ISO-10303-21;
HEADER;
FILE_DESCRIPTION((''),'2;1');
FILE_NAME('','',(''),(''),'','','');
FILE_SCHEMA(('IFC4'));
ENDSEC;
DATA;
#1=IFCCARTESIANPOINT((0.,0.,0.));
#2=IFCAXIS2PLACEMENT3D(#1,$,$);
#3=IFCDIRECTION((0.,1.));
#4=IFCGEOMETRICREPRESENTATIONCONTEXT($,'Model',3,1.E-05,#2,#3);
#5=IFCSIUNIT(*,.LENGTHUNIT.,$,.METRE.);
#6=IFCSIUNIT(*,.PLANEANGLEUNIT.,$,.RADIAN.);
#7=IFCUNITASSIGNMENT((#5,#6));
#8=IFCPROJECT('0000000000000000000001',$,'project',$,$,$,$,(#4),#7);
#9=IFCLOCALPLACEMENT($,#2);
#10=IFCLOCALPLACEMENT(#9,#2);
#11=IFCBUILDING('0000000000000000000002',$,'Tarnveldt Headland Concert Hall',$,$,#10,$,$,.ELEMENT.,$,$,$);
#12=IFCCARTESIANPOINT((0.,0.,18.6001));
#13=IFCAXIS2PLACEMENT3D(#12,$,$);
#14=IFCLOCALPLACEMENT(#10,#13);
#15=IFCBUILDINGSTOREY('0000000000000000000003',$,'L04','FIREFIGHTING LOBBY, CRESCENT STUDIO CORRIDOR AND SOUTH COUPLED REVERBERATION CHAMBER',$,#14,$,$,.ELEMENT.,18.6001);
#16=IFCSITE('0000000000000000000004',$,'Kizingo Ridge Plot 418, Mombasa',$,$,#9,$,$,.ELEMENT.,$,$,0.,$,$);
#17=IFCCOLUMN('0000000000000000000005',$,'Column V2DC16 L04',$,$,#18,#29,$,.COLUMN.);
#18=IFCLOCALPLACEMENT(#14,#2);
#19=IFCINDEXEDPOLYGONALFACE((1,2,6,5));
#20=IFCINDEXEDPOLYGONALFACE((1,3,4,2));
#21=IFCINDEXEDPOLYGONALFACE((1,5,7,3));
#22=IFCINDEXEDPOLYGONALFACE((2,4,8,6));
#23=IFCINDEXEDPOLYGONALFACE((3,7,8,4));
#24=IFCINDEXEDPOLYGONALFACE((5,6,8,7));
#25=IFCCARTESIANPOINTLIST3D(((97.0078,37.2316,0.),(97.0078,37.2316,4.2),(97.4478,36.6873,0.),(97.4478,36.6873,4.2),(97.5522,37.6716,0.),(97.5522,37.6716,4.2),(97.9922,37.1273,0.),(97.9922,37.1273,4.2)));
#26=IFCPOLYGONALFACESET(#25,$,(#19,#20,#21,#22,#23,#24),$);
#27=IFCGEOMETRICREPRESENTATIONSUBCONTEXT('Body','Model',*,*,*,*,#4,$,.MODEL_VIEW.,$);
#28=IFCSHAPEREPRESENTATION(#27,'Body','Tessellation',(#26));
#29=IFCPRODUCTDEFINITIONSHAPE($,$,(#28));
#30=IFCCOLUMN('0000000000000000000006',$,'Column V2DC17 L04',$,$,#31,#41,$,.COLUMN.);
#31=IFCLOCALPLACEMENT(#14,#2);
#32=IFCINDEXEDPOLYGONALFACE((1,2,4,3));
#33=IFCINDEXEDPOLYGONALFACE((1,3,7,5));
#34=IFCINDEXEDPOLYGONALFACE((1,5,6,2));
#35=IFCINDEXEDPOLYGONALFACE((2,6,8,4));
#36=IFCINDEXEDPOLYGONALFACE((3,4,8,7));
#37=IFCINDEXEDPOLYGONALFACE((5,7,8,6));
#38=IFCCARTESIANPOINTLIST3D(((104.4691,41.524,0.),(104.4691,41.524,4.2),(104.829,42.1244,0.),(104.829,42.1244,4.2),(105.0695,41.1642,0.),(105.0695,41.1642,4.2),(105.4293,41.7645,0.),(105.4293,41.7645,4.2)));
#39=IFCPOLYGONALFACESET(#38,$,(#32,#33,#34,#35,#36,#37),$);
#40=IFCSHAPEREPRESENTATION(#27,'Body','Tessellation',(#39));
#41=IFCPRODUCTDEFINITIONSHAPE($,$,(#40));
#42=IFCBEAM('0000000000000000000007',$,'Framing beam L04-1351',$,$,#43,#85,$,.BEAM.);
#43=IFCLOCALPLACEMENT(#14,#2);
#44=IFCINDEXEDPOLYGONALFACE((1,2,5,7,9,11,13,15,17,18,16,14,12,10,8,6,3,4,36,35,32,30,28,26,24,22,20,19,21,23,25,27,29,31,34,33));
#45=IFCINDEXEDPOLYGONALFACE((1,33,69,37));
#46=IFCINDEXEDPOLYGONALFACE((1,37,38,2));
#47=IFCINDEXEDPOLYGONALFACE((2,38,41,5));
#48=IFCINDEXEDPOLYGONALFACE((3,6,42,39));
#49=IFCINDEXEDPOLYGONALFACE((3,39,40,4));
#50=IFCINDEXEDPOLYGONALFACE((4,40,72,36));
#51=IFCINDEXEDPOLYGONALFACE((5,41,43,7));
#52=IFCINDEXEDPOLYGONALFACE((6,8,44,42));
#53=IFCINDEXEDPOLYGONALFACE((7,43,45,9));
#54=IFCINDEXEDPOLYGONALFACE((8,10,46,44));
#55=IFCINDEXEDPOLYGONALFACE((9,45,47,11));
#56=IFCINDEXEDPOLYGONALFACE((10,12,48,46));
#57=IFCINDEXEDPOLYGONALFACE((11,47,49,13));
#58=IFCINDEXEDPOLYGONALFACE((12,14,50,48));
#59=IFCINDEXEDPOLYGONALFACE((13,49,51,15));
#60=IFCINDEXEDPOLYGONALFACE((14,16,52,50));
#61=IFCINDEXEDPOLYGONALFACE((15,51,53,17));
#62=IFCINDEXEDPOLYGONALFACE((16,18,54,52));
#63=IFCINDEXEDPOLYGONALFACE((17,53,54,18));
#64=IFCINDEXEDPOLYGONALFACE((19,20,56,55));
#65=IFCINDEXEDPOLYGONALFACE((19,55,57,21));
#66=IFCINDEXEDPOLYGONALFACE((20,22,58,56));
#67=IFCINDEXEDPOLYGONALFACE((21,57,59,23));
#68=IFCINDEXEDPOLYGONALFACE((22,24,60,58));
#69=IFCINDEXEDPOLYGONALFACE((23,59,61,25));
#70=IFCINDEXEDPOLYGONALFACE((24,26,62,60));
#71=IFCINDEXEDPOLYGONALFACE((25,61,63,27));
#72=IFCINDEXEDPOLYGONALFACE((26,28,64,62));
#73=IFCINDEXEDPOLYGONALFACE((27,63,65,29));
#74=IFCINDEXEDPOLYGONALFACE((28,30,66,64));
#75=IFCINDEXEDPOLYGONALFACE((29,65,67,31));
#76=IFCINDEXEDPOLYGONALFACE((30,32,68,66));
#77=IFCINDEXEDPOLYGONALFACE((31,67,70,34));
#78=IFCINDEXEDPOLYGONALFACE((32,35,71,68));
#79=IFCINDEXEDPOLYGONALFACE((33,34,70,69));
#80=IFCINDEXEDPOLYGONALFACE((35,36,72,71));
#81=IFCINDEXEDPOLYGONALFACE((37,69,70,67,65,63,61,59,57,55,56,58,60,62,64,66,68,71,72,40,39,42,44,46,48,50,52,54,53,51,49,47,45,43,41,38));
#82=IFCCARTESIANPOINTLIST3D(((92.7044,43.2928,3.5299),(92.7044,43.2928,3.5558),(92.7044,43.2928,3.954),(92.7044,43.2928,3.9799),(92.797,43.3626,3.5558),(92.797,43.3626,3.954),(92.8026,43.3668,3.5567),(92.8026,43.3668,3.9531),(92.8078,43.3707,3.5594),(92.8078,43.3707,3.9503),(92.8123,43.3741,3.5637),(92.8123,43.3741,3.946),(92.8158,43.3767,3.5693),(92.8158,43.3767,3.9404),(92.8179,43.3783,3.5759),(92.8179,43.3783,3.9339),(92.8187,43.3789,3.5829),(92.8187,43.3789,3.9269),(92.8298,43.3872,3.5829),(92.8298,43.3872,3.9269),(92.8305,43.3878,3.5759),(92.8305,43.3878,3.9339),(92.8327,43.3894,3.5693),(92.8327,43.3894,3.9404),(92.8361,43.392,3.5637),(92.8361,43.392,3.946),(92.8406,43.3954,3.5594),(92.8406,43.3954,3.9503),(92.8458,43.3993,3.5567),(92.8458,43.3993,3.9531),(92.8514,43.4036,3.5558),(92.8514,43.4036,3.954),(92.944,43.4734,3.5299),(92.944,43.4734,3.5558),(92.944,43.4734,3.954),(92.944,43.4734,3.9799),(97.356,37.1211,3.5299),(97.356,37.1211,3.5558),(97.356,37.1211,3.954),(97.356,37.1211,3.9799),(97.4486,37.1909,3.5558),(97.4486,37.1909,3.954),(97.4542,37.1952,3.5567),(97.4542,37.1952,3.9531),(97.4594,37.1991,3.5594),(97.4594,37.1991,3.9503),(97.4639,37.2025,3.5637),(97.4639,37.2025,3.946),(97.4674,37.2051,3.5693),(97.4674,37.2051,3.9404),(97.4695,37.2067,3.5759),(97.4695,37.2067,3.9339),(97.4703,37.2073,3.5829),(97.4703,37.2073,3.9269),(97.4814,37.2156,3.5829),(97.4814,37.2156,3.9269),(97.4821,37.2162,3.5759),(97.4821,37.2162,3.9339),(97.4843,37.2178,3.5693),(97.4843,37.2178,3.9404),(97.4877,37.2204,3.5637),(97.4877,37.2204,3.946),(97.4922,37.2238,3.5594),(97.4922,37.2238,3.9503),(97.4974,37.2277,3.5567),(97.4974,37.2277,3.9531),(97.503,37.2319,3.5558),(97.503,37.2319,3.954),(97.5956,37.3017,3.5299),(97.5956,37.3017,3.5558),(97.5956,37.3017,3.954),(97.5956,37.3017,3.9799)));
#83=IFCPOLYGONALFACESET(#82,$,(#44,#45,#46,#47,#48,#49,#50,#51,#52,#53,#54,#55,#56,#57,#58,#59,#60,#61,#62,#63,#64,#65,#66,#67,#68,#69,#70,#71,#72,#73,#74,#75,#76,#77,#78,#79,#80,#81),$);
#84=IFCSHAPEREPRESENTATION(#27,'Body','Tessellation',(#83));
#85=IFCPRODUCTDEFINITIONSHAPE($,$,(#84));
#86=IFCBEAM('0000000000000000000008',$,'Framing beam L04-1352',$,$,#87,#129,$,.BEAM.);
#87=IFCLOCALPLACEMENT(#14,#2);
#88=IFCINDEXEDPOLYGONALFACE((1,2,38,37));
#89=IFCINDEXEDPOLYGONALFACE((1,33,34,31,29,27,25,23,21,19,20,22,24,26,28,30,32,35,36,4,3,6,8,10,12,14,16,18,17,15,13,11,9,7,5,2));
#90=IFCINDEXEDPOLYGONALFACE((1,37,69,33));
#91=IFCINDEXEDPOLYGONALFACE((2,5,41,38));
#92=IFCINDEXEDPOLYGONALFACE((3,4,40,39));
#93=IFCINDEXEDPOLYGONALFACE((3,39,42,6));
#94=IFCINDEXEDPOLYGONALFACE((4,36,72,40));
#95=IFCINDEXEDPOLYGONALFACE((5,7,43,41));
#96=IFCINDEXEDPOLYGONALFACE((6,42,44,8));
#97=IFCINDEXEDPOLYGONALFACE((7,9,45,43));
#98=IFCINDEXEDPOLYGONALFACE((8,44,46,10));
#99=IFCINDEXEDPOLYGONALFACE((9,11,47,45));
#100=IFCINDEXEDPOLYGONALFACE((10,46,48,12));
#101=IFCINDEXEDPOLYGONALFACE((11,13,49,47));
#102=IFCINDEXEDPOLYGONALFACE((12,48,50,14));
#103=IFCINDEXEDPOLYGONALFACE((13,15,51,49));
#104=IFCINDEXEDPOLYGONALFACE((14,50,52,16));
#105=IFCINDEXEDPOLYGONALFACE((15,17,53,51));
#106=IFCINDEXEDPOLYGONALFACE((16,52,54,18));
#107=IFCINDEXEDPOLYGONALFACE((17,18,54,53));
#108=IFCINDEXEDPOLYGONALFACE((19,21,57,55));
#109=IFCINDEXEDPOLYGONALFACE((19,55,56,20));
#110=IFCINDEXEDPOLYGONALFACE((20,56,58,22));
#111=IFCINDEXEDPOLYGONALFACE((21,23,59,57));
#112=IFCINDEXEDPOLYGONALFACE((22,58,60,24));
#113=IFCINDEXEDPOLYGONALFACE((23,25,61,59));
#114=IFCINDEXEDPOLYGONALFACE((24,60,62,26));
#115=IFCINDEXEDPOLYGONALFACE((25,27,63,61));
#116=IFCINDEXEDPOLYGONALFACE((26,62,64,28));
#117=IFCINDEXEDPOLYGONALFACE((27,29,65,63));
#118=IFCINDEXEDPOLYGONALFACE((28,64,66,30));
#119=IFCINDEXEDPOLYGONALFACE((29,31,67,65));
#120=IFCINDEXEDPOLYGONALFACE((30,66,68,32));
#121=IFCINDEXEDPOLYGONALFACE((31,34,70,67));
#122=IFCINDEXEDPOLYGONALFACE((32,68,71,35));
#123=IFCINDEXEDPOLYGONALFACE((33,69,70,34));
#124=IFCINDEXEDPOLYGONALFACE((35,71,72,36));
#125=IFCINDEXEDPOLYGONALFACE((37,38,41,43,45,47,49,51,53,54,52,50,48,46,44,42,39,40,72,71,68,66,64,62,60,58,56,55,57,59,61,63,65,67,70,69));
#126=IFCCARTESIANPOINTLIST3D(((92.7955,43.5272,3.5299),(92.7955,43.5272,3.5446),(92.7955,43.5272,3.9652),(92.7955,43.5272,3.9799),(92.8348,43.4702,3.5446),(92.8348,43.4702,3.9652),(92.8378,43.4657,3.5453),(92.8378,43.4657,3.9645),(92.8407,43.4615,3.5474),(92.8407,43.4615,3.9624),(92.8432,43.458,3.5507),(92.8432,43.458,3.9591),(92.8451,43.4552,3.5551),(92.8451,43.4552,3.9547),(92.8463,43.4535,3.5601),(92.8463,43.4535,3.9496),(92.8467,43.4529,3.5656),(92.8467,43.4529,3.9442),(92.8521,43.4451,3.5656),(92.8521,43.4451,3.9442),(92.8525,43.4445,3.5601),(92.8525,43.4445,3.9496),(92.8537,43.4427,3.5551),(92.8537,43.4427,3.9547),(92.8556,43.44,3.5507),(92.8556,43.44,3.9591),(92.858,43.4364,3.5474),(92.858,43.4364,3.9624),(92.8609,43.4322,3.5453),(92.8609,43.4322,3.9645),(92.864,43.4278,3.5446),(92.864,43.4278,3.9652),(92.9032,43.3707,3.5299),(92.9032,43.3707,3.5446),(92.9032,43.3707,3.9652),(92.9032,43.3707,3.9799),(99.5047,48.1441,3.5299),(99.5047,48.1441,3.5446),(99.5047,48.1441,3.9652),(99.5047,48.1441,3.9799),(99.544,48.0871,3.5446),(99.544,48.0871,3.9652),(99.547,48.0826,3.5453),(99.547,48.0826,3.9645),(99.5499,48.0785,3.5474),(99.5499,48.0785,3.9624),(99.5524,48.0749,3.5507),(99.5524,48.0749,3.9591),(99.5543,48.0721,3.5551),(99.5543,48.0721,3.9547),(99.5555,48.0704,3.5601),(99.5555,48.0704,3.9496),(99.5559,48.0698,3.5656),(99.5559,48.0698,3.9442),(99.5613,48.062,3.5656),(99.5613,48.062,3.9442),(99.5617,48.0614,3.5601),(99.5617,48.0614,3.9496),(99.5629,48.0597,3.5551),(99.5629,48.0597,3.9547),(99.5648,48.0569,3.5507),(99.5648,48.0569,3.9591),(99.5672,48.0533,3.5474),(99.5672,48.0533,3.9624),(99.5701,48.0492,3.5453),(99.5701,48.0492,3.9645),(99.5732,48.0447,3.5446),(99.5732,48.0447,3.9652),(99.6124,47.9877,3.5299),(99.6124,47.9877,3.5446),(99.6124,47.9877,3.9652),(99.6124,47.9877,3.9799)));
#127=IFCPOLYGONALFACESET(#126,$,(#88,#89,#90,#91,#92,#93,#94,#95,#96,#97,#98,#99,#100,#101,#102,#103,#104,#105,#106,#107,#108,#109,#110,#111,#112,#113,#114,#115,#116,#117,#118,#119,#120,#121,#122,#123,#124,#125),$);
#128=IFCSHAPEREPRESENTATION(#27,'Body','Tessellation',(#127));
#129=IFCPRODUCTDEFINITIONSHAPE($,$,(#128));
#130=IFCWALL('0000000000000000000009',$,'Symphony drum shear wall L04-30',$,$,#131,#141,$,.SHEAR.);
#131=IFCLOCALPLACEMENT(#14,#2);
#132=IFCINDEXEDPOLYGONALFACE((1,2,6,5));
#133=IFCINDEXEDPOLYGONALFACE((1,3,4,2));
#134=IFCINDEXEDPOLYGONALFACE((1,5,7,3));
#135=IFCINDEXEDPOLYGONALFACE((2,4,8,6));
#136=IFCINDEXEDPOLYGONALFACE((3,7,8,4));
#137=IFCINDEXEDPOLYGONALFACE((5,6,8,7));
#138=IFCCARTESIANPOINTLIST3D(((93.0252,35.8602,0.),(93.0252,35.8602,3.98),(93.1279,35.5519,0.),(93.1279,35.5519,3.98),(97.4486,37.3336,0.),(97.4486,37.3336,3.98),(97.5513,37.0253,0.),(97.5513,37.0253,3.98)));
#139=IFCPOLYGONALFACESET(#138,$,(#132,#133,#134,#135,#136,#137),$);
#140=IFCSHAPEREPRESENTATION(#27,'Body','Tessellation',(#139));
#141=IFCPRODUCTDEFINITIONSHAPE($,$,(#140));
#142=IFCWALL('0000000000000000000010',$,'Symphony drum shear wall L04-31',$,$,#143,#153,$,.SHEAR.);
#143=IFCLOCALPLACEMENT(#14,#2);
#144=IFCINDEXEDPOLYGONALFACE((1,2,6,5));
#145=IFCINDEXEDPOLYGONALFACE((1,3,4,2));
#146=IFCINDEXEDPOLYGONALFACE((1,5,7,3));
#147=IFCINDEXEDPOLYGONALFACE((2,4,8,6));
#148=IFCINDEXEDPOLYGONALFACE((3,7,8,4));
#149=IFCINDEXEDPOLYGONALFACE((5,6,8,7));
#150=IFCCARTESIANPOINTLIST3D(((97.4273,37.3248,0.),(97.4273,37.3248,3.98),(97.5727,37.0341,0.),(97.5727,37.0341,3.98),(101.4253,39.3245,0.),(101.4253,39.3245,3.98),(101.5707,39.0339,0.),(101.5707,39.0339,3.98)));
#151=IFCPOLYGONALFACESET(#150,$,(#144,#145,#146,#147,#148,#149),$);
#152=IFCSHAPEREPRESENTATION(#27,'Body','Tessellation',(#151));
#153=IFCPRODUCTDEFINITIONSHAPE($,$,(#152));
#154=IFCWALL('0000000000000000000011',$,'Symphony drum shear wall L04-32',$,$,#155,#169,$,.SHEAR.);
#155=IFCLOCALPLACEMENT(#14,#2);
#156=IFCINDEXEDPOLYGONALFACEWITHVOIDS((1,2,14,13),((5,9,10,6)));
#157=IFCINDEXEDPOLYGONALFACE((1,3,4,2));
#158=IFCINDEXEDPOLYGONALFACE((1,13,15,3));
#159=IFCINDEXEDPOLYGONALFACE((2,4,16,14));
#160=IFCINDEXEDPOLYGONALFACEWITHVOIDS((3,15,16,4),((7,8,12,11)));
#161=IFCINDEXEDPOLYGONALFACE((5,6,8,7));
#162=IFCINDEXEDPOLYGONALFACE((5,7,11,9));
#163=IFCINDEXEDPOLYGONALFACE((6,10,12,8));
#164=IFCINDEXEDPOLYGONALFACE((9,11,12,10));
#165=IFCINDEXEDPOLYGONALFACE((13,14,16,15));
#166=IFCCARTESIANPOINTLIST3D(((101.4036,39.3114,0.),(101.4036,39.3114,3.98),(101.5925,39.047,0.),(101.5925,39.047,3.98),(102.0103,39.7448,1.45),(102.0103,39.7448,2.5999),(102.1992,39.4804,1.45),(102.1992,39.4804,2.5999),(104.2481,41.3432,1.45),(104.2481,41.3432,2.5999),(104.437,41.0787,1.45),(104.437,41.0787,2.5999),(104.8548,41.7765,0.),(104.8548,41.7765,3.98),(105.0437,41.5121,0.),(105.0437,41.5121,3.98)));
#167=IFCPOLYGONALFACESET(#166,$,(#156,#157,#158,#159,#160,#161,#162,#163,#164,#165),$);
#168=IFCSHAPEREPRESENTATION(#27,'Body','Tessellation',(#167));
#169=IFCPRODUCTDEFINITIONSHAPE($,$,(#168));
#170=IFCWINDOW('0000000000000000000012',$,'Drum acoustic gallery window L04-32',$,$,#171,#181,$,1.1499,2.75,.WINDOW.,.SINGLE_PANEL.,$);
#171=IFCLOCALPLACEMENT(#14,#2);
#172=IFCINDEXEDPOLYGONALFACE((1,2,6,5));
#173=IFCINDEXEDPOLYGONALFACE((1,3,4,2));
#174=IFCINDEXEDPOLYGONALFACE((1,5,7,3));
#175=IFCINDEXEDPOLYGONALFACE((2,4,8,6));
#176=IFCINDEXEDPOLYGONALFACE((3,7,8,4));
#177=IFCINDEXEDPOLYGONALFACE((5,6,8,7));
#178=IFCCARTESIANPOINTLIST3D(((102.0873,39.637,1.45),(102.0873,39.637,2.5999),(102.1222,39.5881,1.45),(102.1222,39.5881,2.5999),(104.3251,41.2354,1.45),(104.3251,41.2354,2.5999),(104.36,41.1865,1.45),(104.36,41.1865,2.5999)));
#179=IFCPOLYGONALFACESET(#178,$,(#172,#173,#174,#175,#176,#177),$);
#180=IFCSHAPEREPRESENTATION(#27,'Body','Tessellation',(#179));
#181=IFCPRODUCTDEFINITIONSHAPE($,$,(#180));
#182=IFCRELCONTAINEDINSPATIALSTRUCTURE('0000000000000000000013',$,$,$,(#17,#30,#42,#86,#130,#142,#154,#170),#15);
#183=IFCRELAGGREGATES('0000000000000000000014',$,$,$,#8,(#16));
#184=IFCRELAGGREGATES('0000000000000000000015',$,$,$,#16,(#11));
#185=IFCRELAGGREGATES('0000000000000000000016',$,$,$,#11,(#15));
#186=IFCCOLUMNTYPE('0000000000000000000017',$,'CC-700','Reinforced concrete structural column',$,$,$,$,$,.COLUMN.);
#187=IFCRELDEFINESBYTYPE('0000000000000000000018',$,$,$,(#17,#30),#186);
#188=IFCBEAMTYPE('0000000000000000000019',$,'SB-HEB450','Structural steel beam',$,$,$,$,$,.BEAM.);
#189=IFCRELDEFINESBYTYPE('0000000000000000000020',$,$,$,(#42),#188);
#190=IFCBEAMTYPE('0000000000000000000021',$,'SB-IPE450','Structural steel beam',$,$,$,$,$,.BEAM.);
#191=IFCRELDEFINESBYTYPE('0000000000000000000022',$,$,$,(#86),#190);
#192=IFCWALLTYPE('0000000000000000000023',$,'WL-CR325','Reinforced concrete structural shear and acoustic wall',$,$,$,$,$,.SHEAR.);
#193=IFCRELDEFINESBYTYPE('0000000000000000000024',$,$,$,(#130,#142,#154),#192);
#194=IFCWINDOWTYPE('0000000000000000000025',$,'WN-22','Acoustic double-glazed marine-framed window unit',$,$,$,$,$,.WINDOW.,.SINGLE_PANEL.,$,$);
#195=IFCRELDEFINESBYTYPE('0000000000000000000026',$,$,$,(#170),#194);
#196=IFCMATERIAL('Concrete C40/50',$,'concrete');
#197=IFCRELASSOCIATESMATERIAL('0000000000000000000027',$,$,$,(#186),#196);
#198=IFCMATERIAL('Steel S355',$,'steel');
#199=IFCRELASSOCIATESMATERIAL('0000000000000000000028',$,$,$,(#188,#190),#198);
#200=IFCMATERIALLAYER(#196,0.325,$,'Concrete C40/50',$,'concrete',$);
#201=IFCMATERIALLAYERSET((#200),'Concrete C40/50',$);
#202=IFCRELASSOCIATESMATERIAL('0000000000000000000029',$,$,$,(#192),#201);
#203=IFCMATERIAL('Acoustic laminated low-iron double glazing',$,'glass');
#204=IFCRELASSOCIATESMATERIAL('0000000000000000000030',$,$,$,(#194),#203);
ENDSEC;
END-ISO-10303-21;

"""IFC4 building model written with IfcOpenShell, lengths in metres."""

from ifc_helpers import new_model, si_unit, direction, frame, frame_2d, origin, origin_2d, place, context, subcontext, project, spatial, rectangle, i_section, extrude, material, layer, layer_set, material_profile, profile_set, type_object, element, fill, save


model = new_model("IFC4")

# Units and contexts
model_context = context("Model", 3, precision=1e-05, world=origin(), true_north=direction((0.0, 1.0)))
body_context = subcontext(model_context, "Body", "Model", "MODEL_VIEW")
ifc_project = project(units=[si_unit("LENGTHUNIT", "METRE"), si_unit("PLANEANGLEUNIT", "RADIAN")], contexts=[model_context])

# Site, building, storey
site_placement = place(None, origin())
site = spatial("IfcSite", under=ifc_project, at=site_placement, Name="Kizingo Ridge Plot 418, Mombasa", CompositionType="ELEMENT", RefElevation=0.0)
building_placement = place(site_placement, origin())
building = spatial("IfcBuilding", under=site, at=building_placement, Name="Tarnveldt Headland Concert Hall", CompositionType="ELEMENT")
storey_placement = place(building_placement, frame((0.0, 0.0, 18.6001)))
storey = spatial("IfcBuildingStorey", under=building, at=storey_placement, Name="L04", Description="FIREFIGHTING LOBBY, CRESCENT STUDIO CORRIDOR AND SOUTH COUPLED REVERBERATION CHAMBER", CompositionType="ELEMENT", Elevation=18.6001)

# Columns
ifc_material_1 = material(Name="Concrete C40/50", Category="concrete")
ifc_material_profile_1 = material_profile(ifc_material_1, rectangle(XDim=0.7, YDim=0.7, at=origin_2d()), Name="RC 700x700", Category="concrete")
ifc_profile_set_1 = profile_set([ifc_material_profile_1], Name="Concrete C40/50")
column_type_1 = type_object("IfcColumnType", Name="CC-700", Description="Reinforced concrete structural column", PredefinedType="COLUMN", material=ifc_profile_set_1)
for number, where, z_axis, x_axis, name in (
    (1, (97.5, 37.1794, 0.0), (0.0, 0.0, 1.0), (0.628642, -0.777695, 0.0), "Column V2DC16 L04"),
    (2, (104.9492, 41.6443, 0.0), (0.0, 0.0, 1.0), (0.857706, -0.51414, 0.0), "Column V2DC17 L04"),
):
    element("IfcColumn", number, at=place(storey_placement, frame(where, z_axis=z_axis, x_axis=x_axis)), inside=storey, type_object=column_type_1, Name=name, PredefinedType="COLUMN", context=body_context, shape_type="SweptSolid", body=[
        extrude(rectangle(XDim=0.7, YDim=0.7, at=origin_2d()), origin(), (0.0, 0.0, 1.0), 4.2),
    ])

# Beams
ifc_material_2 = material(Name="Steel S355", Category="steel")
ifc_material_profile_2 = material_profile(ifc_material_2, i_section(OverallWidth=0.3, OverallDepth=0.45, WebThickness=0.0139, FlangeThickness=0.0259, FilletRadius=0.0271, at=origin_2d()), Name="HEB450", Category="steel")
ifc_profile_set_2 = profile_set([ifc_material_profile_2], Name="Steel S355")
beam_type_1 = type_object("IfcBeamType", Name="SB-HEB450", Description="Structural steel beam", PredefinedType="BEAM", material=ifc_profile_set_2)
beam_1_placement = place(storey_placement, frame((92.8242, 43.3831, 3.7549), z_axis=(0.601894, -0.798576, 0.0), x_axis=(0.798576, 0.601894, 0.0)))
element("IfcBeam", 3, at=beam_1_placement, inside=storey, type_object=beam_type_1, Name="Framing beam L04-1351", PredefinedType="BEAM", context=body_context, shape_type="SweptSolid", body=[
    extrude(i_section(OverallWidth=0.3, OverallDepth=0.45, WebThickness=0.0139, FlangeThickness=0.0259, FilletRadius=0.0271, at=origin_2d()), origin(), (0.0, 0.0, 1.0), 7.7283),
])
ifc_material_profile_3 = material_profile(ifc_material_2, i_section(OverallWidth=0.1899, OverallDepth=0.45, WebThickness=0.0095, FlangeThickness=0.0146, FilletRadius=0.021, at=origin_2d()), Name="IPE450", Category="steel")
ifc_profile_set_3 = profile_set([ifc_material_profile_3], Name="Steel S355")
beam_type_2 = type_object("IfcBeamType", Name="SB-IPE450", Description="Structural steel beam", PredefinedType="BEAM", material=ifc_profile_set_3)
beam_2_placement = place(storey_placement, frame((92.8494, 43.449, 3.7549), z_axis=(0.823793, 0.566891, 0.0), x_axis=(-0.566891, 0.823793, 0.0)))
element("IfcBeam", 4, at=beam_2_placement, inside=storey, type_object=beam_type_2, Name="Framing beam L04-1352", PredefinedType="BEAM", context=body_context, shape_type="SweptSolid", body=[
    extrude(i_section(OverallWidth=0.1899, OverallDepth=0.45, WebThickness=0.0095, FlangeThickness=0.0146, FilletRadius=0.021, at=origin_2d()), origin(), (0.0, 0.0, 1.0), 8.1443),
])

# Walls
ifc_layer_1 = layer(ifc_material_1, 0.325, Name="Concrete C40/50", Category="concrete")
ifc_layer_set_1 = layer_set([ifc_layer_1], Name="Concrete C40/50")
wall_type_1 = type_object("IfcWallType", Name="WL-CR325", Description="Reinforced concrete structural shear and acoustic wall", PredefinedType="SHEAR", material=ifc_layer_set_1)
wall_1_placement = place(storey_placement, frame((93.0767, 35.7061, 0.0), z_axis=(0.0, 0.0, 1.0), x_axis=(0.948751, 0.316024, 0.0)))
element("IfcWall", 5, at=wall_1_placement, inside=storey, type_object=wall_type_1, Name="Symphony drum shear wall L04-30", PredefinedType="SHEAR", context=body_context, shape_type="SweptSolid", body=[
    extrude(rectangle(XDim=4.6624, YDim=0.325, at=frame_2d((2.3311, 0.0))), origin(), (0.0, 0.0, 1.0), 3.98),
])
wall_2_placement = place(storey_placement, frame((97.5, 37.1794, 0.0), z_axis=(0.0, 0.0, 1.0), x_axis=(0.894362, 0.447345, 0.0)))
element("IfcWall", 6, at=wall_2_placement, inside=storey, type_object=wall_type_1, Name="Symphony drum shear wall L04-31", PredefinedType="SHEAR", context=body_context, shape_type="SweptSolid", body=[
    extrude(rectangle(XDim=4.4702, YDim=0.325, at=frame_2d((2.2351, 0.0))), origin(), (0.0, 0.0, 1.0), 3.98),
])

# Wall, opening, window
wall_3_placement = place(storey_placement, frame((101.498, 39.1792, 0.0), z_axis=(0.0, 0.0, 1.0), x_axis=(0.813737, 0.581233, 0.0)))
wall_3 = element("IfcWall", 7, at=wall_3_placement, inside=storey, type_object=wall_type_1, Name="Symphony drum shear wall L04-32", PredefinedType="SHEAR", context=body_context, shape_type="SweptSolid", body=[
    extrude(rectangle(XDim=4.2412, YDim=0.325, at=frame_2d((2.1206, 0.0))), origin(), (0.0, 0.0, 1.0), 3.98),
])
opening_1_placement = place(wall_3_placement, frame((0.7456, 0.0, 1.45)))
opening_1 = element("IfcOpeningElement", 8, at=opening_1_placement, cuts=wall_3, PredefinedType="OPENING", context=body_context, shape_type="SweptSolid", body=[
    extrude(rectangle(XDim=2.75, YDim=1.1499, at=frame_2d((1.375, 0.575))), frame((0.0, 0.1724, 0.0), z_axis=(0.0, -1.0, 0.0), x_axis=(1.0, 0.0, 0.0)), (0.0, 0.0, 1.0), 0.345),
])
ifc_material_3 = material(Name="Acoustic laminated low-iron double glazing", Category="glass")
window_type = type_object("IfcWindowType", Name="WN-22", Description="Acoustic double-glazed marine-framed window unit", PartitioningType="SINGLE_PANEL", PredefinedType="WINDOW", material=ifc_material_3)
window_placement = place(opening_1_placement, origin())
window = element("IfcWindow", 9, at=window_placement, inside=storey, type_object=window_type, Name="Drum acoustic gallery window L04-32", OverallHeight=1.1499, OverallWidth=2.75, PartitioningType="SINGLE_PANEL", PredefinedType="WINDOW", context=body_context, shape_type="SweptSolid", body=[
    extrude(rectangle(XDim=2.75, YDim=1.1499, at=frame_2d((1.375, 0.575))), frame((0.0, 0.03, 0.0), z_axis=(0.0, -1.0, 0.0), x_axis=(1.0, 0.0, 0.0)), (0.0, 0.0, 1.0), 0.0601),
])
fill(opening_1, window)

save(model, "model.ifc")
